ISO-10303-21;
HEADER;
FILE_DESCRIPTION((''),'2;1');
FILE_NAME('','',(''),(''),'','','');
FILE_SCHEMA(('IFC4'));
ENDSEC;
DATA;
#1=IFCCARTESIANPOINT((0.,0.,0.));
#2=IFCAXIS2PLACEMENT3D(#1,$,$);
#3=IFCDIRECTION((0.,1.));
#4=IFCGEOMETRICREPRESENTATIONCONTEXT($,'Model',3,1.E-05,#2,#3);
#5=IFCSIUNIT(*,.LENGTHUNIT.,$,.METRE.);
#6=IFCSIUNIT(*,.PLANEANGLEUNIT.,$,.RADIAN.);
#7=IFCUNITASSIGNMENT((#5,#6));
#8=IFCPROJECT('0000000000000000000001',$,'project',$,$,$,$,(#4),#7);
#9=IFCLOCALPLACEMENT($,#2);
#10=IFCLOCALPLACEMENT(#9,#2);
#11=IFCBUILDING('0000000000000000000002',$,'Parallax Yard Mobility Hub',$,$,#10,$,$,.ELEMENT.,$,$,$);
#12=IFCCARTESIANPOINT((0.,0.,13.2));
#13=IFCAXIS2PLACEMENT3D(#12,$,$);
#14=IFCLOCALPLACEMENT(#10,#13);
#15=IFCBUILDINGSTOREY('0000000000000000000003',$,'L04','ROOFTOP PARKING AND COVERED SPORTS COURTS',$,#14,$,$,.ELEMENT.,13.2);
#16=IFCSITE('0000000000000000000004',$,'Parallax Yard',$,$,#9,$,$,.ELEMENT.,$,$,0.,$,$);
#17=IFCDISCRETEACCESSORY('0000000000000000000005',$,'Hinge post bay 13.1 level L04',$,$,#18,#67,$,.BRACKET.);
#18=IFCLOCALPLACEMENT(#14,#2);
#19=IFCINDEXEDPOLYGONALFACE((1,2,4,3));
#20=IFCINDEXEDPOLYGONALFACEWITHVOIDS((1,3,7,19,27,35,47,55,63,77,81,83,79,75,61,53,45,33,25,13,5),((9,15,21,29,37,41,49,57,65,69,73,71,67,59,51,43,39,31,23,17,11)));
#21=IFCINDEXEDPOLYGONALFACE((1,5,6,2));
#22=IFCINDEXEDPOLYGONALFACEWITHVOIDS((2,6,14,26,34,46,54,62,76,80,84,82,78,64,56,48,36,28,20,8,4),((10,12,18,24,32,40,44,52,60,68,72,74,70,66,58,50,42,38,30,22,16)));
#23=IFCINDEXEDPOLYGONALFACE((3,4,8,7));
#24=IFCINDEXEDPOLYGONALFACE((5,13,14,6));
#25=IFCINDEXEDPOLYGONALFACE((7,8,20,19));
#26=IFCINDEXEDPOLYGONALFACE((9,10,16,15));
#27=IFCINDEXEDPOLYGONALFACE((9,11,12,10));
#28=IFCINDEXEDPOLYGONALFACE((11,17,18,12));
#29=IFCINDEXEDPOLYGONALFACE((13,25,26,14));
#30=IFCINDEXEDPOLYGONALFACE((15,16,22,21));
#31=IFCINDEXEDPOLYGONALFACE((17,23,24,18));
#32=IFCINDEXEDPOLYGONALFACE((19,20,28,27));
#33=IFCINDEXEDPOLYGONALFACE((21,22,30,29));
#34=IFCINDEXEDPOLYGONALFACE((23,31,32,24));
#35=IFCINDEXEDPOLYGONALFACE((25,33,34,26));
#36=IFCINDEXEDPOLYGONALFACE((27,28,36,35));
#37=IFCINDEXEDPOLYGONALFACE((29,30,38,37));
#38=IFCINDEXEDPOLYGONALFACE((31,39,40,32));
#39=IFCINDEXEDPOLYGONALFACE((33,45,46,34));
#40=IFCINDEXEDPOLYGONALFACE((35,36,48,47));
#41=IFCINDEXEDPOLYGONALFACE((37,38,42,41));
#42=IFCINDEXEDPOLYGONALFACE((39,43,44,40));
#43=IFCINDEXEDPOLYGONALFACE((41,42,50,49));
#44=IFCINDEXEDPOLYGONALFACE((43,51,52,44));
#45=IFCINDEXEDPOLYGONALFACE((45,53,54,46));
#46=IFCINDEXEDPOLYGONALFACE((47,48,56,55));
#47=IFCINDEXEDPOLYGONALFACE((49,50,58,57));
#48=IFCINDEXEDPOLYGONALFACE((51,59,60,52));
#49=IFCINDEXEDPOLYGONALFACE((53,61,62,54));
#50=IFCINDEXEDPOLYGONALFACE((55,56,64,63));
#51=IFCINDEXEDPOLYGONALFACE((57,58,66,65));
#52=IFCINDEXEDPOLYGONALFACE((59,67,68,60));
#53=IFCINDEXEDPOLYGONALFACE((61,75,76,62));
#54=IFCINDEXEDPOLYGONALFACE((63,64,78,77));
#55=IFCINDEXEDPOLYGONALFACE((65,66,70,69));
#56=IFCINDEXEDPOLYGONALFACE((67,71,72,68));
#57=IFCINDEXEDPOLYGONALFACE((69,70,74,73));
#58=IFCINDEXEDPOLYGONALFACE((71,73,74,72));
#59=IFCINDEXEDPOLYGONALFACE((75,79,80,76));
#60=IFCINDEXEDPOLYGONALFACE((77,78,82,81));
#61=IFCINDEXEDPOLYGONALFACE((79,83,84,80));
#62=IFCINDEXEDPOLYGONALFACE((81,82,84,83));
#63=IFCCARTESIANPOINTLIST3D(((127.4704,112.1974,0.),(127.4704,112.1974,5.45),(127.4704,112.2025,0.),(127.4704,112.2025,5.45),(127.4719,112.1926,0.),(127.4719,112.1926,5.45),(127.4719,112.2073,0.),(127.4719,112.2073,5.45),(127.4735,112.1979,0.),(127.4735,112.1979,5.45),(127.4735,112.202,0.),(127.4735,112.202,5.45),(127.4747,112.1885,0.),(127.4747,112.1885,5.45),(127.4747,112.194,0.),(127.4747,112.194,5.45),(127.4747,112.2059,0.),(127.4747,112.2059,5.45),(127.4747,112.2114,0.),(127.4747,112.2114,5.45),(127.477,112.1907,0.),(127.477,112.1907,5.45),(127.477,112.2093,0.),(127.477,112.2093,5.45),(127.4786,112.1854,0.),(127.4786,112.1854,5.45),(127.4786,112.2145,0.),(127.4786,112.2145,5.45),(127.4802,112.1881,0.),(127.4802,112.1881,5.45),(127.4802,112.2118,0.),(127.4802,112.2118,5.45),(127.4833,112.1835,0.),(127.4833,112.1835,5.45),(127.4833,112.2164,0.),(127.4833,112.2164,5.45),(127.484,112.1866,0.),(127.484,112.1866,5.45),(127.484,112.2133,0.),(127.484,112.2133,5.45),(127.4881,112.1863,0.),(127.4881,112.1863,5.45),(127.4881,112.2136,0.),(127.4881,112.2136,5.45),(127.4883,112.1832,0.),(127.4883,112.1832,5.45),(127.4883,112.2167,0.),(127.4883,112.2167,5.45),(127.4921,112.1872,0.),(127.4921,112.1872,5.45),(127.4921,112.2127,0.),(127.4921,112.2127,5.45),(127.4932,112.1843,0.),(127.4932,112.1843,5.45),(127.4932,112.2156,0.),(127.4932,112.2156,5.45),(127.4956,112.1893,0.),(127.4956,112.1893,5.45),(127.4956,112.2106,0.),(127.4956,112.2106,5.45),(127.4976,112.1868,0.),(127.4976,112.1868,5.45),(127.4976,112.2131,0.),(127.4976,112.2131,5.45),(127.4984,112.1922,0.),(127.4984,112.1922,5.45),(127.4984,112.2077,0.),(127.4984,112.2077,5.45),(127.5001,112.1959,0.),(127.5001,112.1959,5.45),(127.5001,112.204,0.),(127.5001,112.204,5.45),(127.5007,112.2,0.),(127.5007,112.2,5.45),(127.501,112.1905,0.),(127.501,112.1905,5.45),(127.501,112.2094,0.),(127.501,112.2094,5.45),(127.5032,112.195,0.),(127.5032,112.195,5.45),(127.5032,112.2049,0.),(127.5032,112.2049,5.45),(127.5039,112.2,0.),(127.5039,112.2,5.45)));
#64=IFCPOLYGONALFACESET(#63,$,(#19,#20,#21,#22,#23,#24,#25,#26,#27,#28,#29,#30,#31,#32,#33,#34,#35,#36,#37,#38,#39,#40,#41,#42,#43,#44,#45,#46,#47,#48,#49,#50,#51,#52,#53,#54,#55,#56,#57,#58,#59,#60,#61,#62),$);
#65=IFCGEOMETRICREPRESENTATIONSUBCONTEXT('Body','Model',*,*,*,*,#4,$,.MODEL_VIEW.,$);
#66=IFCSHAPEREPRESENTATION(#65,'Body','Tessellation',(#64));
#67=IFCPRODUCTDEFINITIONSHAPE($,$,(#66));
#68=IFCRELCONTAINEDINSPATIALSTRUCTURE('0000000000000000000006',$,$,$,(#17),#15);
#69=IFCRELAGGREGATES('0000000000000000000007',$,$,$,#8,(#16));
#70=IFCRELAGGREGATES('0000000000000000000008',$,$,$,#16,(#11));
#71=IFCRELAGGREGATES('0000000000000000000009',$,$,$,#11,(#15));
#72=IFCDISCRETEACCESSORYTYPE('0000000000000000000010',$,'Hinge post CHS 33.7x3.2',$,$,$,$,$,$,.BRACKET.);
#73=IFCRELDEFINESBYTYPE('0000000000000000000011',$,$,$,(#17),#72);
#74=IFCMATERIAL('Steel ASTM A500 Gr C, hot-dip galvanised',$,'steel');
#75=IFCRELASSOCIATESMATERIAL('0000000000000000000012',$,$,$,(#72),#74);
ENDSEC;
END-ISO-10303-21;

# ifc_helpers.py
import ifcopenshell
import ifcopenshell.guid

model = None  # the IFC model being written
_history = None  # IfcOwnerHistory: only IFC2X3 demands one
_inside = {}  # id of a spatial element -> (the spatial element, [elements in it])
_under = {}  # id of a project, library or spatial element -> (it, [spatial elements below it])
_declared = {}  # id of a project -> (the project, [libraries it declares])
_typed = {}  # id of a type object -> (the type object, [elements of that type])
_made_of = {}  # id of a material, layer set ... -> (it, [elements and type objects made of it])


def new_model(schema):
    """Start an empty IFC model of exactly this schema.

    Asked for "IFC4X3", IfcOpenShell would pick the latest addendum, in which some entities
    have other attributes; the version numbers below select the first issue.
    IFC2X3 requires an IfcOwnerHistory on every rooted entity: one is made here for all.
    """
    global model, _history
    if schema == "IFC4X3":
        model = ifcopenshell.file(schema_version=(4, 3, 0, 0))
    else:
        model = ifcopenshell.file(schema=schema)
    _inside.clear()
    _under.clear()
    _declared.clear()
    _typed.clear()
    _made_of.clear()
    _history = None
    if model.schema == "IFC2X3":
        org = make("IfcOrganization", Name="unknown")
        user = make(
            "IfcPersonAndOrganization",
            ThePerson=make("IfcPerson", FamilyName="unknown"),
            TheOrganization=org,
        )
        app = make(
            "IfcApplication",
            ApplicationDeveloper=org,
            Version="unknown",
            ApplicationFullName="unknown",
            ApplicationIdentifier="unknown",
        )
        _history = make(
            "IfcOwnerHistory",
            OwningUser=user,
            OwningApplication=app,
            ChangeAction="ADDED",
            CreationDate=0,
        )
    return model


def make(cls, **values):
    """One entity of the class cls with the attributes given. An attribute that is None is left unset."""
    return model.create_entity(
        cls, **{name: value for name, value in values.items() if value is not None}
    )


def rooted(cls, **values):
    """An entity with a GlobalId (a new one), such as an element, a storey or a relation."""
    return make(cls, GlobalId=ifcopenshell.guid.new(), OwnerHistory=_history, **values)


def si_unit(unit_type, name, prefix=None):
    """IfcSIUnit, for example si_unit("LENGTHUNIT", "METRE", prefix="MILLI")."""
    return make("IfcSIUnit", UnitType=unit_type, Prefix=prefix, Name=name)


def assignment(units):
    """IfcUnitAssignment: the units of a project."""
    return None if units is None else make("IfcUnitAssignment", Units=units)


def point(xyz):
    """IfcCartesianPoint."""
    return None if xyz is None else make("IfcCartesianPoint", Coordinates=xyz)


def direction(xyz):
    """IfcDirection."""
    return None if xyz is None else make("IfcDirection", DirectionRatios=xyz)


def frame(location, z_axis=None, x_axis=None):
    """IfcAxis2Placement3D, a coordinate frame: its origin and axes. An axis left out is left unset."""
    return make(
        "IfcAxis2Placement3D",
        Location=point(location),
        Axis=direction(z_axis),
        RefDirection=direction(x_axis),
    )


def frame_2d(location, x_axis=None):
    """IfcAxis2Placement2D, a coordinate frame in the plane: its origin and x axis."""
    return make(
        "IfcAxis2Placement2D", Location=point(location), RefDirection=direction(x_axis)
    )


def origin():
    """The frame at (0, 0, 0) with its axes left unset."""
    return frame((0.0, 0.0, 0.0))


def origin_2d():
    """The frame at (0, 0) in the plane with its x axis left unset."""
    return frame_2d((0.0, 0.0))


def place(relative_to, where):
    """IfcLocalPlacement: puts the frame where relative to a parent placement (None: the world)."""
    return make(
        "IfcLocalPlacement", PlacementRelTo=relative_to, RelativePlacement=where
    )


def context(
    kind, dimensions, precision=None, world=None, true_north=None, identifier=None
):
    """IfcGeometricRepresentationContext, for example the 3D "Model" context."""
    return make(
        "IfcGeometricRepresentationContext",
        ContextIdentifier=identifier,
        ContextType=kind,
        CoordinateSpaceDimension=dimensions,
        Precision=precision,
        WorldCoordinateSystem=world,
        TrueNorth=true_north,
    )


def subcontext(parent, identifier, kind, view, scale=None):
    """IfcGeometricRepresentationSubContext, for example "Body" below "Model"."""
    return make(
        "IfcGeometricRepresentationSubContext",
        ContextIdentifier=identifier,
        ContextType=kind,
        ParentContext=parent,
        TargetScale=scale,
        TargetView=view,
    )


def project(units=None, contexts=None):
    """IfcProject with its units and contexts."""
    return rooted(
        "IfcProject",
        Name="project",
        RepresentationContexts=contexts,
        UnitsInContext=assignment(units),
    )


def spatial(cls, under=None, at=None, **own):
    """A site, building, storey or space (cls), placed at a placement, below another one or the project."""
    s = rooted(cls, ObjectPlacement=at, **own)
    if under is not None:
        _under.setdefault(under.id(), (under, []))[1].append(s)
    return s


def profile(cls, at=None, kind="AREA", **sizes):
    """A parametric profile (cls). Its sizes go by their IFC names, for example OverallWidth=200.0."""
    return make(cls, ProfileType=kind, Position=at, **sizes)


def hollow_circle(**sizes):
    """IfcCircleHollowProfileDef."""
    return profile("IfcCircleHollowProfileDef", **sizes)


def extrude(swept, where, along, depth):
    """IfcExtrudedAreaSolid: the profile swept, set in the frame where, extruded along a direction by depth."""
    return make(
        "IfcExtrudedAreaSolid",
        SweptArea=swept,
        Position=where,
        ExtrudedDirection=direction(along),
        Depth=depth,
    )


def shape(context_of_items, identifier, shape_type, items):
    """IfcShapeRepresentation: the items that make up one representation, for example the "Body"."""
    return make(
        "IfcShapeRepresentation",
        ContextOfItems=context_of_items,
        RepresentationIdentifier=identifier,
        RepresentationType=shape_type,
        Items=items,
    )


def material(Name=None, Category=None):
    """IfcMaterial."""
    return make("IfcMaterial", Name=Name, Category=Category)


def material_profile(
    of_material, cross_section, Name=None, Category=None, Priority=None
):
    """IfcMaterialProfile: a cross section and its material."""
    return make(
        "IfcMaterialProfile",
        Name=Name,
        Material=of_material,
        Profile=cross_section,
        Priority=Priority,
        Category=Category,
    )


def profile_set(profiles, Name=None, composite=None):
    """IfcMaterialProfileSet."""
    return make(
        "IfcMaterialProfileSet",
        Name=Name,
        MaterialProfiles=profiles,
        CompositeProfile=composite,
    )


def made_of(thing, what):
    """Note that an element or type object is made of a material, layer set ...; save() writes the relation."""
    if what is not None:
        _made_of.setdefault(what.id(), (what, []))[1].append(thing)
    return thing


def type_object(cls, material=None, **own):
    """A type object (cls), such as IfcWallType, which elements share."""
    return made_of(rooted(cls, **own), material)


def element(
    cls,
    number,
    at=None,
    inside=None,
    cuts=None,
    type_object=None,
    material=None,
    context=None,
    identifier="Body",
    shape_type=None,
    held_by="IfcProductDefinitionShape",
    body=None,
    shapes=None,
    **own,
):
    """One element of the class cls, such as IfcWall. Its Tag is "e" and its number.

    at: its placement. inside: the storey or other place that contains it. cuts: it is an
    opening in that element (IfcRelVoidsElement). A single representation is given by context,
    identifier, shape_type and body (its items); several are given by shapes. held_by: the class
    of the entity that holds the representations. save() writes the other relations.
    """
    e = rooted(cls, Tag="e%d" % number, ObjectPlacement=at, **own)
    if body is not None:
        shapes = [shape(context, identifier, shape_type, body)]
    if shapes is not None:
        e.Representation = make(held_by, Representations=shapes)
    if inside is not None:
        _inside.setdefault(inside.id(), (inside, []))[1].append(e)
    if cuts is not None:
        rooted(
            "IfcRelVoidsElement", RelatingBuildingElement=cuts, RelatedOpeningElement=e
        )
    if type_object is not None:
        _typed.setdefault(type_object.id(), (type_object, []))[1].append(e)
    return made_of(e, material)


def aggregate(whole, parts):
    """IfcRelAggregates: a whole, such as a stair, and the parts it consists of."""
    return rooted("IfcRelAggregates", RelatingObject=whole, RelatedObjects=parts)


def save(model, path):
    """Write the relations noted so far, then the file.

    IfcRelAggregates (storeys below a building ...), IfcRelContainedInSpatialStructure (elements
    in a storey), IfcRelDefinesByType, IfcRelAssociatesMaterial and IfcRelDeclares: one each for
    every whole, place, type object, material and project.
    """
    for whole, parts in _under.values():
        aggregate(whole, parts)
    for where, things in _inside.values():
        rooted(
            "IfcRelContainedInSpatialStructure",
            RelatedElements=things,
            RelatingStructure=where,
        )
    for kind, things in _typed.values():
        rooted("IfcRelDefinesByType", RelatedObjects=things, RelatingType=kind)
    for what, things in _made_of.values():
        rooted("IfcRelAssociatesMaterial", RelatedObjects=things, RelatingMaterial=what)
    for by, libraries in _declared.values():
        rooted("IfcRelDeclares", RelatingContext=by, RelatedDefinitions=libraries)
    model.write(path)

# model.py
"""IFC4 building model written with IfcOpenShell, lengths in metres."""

from ifc_helpers import new_model, si_unit, direction, frame, origin, origin_2d, place, context, subcontext, project, spatial, hollow_circle, extrude, material, material_profile, profile_set, type_object, element, save


model = new_model("IFC4")

# Units and contexts
model_context = context("Model", 3, precision=1e-05, world=origin(), true_north=direction((0.0, 1.0)))
body_context = subcontext(model_context, "Body", "Model", "MODEL_VIEW")
ifc_project = project(units=[si_unit("LENGTHUNIT", "METRE"), si_unit("PLANEANGLEUNIT", "RADIAN")], contexts=[model_context])

# Site, building, storey
site_placement = place(None, origin())
site = spatial("IfcSite", under=ifc_project, at=site_placement, Name="Parallax Yard", CompositionType="ELEMENT", RefElevation=0.0)
building_placement = place(site_placement, origin())
building = spatial("IfcBuilding", under=site, at=building_placement, Name="Parallax Yard Mobility Hub", CompositionType="ELEMENT")
storey_placement = place(building_placement, frame((0.0, 0.0, 13.2)))
storey = spatial("IfcBuildingStorey", under=building, at=storey_placement, Name="L04", Description="ROOFTOP PARKING AND COVERED SPORTS COURTS", CompositionType="ELEMENT", Elevation=13.2)

# Discrete accessory
ifc_material_1 = material(Name="Steel ASTM A500 Gr C, hot-dip galvanised", Category="steel")
ifc_material_profile_1 = material_profile(ifc_material_1, hollow_circle(Radius=0.0168, WallThickness=0.0032, at=origin_2d()), Name="CHS 33.7x3.2")
ifc_profile_set_1 = profile_set([ifc_material_profile_1], Name="Steel ASTM A500 Gr C, hot-dip galvanised")
discrete_accessory_type_1 = type_object("IfcDiscreteAccessoryType", Name="Hinge post CHS 33.7x3.2", PredefinedType="BRACKET", material=ifc_profile_set_1)
for number, where, z_axis, x_axis, name in (
    (1, (127.4871, 112.2, 0.0), (0.0, 0.0, 1.0), (1.0, 0.0, 0.0), "Hinge post bay 13.1 level L04"),
):
    element("IfcDiscreteAccessory", number, at=place(storey_placement, frame(where, z_axis=z_axis, x_axis=x_axis)), inside=storey, type_object=discrete_accessory_type_1, Name=name, PredefinedType="BRACKET", context=body_context, shape_type="SweptSolid", body=[
        extrude(hollow_circle(Radius=0.0168, WallThickness=0.0032, at=origin_2d()), origin(), (0.0, 0.0, 1.0), 5.45),
    ])

save(model, "model.ifc")
